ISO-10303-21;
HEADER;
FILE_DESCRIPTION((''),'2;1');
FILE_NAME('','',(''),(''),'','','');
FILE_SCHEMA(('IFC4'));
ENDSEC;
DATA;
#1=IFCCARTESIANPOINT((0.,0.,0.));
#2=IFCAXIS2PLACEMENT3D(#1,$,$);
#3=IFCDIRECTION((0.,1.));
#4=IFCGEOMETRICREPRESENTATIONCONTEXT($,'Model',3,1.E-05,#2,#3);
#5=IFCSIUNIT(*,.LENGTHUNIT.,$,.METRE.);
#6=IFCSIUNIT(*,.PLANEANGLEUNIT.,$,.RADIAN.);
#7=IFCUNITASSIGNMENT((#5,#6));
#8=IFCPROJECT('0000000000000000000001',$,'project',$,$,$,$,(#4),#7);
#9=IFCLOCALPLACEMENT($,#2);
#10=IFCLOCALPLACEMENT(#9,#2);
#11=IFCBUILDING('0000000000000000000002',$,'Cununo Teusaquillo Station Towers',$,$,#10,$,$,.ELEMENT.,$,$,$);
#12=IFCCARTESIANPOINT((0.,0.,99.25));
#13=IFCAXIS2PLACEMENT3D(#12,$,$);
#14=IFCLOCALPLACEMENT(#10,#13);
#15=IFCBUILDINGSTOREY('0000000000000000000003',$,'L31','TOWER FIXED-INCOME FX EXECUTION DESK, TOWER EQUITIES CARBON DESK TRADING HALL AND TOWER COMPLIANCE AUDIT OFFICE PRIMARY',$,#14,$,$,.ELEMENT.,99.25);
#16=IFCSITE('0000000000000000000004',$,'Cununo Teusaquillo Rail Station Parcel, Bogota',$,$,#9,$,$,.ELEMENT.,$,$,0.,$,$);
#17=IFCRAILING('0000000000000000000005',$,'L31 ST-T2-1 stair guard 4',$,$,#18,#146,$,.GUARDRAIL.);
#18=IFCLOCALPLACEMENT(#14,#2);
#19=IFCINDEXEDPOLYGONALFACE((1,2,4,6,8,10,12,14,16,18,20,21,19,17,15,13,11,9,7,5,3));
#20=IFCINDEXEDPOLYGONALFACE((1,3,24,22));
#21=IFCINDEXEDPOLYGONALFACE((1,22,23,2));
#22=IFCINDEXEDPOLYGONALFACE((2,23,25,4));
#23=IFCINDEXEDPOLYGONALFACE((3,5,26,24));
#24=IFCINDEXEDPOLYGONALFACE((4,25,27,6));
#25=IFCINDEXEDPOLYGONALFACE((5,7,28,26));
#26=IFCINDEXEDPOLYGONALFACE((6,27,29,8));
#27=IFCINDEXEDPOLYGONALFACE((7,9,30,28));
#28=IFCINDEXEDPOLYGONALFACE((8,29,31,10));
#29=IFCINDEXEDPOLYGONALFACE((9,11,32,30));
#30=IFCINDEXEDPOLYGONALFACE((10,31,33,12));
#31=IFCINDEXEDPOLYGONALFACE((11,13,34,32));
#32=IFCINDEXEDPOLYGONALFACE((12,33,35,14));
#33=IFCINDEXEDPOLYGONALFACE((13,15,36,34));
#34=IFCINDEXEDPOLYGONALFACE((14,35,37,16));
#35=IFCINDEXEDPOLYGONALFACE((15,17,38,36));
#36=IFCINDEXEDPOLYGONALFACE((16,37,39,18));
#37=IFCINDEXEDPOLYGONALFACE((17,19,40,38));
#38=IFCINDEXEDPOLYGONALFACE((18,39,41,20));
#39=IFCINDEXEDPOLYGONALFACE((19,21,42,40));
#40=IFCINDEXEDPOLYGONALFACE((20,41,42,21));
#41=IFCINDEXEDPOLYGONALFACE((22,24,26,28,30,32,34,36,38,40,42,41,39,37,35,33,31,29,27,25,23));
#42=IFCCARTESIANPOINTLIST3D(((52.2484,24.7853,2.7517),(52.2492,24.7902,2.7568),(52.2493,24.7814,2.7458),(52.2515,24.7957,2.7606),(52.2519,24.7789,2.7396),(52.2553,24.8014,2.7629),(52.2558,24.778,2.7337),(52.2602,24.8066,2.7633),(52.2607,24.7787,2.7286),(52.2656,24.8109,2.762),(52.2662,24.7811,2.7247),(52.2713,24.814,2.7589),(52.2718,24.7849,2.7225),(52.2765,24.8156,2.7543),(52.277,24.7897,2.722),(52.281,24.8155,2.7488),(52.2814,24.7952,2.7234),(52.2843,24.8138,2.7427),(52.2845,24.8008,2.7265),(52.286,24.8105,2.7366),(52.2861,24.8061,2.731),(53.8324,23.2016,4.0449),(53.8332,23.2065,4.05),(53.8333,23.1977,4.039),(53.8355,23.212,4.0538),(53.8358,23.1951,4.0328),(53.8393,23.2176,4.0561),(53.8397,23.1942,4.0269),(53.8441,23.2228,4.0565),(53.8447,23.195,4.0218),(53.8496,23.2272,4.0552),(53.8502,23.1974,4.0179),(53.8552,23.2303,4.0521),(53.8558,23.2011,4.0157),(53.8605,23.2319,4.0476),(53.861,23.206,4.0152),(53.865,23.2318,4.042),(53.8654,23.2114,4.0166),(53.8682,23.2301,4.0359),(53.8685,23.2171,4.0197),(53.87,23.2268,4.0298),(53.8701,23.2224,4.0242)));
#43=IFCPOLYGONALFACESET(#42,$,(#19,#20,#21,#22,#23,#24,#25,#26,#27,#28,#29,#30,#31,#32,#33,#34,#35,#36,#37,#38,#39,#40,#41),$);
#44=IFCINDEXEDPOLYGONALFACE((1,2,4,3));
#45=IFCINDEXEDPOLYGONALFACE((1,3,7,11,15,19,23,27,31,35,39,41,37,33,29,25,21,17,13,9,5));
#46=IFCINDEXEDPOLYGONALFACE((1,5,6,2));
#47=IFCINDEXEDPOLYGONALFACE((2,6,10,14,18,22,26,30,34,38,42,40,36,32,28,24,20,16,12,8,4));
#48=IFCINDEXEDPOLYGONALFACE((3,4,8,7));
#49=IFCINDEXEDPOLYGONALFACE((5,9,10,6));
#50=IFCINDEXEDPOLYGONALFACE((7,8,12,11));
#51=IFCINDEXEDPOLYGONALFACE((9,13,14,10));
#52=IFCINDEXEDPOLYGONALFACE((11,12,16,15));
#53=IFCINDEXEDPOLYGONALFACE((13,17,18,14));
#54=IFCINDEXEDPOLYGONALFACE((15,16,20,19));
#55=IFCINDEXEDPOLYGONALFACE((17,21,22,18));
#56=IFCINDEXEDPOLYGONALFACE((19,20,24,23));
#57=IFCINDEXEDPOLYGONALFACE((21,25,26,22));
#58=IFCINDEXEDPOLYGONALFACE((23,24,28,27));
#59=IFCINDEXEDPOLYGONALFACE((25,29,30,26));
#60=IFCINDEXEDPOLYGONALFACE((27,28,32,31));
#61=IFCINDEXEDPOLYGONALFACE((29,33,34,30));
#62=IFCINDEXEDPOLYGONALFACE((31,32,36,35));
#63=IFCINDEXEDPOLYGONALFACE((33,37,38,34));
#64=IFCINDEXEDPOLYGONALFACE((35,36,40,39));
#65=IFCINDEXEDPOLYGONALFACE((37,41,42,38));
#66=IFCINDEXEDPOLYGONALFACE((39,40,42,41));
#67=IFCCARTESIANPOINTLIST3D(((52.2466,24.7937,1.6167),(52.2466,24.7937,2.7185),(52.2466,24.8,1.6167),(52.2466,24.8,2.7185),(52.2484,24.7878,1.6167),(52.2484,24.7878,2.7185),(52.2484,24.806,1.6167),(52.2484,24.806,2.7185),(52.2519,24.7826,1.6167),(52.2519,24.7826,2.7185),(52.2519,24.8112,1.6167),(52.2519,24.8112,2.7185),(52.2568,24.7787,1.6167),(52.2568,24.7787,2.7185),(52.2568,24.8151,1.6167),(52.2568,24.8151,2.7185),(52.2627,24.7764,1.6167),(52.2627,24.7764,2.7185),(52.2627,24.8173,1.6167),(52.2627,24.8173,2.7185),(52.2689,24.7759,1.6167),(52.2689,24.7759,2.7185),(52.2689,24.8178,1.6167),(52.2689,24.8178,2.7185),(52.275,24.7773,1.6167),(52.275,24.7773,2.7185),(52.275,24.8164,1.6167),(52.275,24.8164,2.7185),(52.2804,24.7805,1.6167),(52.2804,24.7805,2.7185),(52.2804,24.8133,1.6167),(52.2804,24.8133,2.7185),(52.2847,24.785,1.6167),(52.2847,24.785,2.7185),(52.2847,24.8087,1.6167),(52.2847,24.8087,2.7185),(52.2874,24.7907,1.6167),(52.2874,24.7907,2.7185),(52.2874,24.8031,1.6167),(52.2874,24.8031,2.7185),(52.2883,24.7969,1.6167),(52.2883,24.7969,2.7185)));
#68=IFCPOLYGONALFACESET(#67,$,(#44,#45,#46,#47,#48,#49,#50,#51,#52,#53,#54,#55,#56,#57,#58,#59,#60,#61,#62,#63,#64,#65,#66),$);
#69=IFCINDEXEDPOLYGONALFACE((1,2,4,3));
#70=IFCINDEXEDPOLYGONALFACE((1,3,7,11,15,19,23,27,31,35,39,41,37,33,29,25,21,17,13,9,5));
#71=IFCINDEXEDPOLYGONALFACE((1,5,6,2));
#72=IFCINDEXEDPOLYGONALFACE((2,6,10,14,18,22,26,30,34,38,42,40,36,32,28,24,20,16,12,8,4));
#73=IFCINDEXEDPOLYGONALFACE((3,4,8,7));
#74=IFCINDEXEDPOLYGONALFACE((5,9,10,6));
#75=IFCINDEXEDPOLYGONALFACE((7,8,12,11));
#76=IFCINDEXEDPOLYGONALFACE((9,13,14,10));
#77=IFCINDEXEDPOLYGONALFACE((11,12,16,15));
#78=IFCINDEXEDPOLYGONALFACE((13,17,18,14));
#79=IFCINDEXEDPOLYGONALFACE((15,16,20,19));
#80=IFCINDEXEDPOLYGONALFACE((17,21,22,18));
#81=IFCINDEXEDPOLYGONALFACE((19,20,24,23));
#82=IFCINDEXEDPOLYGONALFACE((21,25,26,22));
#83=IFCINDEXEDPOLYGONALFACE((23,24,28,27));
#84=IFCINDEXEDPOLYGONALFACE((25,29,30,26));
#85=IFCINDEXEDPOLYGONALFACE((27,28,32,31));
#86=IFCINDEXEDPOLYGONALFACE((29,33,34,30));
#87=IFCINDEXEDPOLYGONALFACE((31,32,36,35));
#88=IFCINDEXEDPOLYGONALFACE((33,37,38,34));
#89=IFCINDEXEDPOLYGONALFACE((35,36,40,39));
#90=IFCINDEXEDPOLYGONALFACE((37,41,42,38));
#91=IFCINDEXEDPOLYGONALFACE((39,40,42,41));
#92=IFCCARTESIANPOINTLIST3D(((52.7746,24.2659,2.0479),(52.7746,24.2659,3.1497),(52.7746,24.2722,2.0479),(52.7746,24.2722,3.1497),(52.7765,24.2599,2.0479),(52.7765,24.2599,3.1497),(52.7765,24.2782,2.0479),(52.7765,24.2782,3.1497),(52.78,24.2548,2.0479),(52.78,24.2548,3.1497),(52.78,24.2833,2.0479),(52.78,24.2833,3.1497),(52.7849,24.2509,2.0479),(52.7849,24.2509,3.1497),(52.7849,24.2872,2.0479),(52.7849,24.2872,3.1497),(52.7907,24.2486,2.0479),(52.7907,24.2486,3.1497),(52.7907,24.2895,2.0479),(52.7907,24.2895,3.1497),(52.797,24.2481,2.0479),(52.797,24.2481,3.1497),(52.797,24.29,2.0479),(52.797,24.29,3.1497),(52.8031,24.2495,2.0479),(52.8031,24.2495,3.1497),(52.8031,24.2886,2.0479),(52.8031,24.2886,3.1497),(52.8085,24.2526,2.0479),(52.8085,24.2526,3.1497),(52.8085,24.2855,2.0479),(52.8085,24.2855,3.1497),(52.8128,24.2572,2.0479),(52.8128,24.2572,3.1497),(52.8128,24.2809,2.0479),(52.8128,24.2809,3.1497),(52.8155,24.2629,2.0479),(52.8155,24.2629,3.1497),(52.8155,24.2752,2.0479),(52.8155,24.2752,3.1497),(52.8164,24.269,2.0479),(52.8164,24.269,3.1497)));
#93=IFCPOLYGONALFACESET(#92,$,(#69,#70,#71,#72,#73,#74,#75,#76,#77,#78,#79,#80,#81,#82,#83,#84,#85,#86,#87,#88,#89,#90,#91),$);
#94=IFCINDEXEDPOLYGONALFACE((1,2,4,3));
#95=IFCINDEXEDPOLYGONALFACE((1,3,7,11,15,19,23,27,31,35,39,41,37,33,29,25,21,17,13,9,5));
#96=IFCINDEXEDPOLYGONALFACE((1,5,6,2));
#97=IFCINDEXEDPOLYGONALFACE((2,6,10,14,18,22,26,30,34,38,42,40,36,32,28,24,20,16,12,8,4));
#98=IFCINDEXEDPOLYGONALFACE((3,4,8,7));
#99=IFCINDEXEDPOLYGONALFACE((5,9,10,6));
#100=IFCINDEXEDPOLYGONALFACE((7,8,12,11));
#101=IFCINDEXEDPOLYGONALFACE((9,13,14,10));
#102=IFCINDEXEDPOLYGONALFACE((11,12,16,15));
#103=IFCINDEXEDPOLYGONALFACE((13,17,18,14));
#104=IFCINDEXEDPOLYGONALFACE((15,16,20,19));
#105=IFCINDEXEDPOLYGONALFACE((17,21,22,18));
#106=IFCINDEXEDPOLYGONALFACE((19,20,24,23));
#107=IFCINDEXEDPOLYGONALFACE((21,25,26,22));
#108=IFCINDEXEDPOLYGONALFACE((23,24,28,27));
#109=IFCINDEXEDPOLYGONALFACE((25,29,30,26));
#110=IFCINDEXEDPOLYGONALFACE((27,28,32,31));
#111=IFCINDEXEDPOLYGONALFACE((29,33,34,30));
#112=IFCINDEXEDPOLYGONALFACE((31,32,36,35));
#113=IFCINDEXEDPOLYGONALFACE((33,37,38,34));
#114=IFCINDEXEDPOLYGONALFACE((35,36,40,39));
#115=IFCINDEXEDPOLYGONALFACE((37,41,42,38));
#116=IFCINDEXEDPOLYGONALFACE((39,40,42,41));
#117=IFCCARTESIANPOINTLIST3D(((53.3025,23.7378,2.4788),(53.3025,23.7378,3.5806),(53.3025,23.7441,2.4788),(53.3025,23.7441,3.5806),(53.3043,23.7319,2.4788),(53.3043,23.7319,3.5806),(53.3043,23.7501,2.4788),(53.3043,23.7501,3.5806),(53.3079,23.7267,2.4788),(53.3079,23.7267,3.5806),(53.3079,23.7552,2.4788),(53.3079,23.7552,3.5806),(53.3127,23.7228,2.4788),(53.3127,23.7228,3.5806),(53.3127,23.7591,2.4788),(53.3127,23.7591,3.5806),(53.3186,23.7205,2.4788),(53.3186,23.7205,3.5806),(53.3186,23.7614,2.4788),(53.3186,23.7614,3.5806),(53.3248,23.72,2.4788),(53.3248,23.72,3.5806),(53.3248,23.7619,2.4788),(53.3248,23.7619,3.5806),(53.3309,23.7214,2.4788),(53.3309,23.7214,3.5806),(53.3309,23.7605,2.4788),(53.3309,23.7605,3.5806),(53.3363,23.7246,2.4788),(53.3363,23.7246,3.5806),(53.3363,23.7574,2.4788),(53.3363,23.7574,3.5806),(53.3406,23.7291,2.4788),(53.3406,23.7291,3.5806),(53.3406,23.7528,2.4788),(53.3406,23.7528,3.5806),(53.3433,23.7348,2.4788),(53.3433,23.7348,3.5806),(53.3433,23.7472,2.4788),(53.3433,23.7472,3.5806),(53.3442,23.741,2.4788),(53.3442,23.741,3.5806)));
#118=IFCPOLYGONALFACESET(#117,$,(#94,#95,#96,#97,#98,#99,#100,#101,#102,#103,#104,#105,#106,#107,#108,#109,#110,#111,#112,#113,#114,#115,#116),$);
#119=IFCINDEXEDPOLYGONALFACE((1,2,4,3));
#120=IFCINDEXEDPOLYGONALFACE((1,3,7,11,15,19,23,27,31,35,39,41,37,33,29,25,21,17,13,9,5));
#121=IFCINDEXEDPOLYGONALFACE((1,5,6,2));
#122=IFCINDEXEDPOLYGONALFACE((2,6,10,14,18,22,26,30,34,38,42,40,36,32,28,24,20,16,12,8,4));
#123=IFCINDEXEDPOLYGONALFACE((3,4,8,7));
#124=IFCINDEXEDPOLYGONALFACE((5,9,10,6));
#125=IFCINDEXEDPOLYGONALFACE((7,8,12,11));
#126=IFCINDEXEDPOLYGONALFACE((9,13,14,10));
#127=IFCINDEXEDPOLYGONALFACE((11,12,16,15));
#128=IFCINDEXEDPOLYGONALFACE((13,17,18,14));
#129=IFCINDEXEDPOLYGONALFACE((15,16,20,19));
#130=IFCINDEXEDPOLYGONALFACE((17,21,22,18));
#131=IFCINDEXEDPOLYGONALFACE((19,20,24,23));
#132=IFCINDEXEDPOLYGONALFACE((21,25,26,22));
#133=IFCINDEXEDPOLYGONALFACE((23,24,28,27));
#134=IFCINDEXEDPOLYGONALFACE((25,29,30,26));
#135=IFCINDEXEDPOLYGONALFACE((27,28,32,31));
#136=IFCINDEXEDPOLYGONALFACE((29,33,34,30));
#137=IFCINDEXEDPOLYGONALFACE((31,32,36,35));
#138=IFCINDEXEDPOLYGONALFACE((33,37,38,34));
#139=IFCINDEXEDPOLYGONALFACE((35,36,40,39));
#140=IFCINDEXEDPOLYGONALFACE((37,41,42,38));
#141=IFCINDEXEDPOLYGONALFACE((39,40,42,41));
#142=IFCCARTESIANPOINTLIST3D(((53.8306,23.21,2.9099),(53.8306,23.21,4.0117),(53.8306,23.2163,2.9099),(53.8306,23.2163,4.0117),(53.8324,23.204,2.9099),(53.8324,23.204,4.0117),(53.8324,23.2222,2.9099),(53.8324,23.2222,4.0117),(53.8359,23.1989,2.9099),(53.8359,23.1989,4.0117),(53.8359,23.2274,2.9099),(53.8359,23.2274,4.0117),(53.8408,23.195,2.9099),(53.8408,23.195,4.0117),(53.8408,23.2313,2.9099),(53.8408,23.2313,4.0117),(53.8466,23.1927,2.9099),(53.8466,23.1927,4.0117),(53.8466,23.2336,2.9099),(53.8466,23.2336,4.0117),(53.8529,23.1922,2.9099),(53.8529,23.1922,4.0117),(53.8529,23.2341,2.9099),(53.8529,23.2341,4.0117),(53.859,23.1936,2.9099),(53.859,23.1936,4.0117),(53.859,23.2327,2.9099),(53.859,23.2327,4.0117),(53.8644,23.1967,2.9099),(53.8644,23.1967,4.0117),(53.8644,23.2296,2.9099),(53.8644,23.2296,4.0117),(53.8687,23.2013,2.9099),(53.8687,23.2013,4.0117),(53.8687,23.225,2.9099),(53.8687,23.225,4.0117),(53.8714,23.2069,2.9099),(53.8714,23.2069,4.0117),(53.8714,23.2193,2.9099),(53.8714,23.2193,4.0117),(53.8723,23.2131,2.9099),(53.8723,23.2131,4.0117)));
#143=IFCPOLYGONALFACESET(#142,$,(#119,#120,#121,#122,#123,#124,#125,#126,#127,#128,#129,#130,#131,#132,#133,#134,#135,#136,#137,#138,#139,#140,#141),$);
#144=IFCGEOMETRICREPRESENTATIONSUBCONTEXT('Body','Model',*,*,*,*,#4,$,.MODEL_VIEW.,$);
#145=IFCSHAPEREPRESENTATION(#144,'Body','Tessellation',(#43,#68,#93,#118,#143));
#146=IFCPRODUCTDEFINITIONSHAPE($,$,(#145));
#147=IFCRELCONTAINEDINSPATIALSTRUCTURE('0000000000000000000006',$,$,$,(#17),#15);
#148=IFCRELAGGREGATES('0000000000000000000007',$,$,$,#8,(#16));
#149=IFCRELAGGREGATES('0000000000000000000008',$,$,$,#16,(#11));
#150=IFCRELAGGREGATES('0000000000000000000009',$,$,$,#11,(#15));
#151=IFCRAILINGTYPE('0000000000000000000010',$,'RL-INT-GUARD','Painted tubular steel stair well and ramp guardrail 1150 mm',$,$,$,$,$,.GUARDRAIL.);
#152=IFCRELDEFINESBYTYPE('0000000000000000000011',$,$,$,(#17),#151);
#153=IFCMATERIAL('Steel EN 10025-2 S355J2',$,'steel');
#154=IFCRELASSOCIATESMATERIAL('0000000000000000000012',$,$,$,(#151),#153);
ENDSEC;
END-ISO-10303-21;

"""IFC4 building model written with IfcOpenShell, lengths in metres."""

from ifc_helpers import new_model, si_unit, direction, frame, origin, origin_2d, place, context, subcontext, project, spatial, circle, extrude, material, type_object, element, save


model = new_model("IFC4")

# Units and contexts
model_context = context("Model", 3, precision=1e-05, world=origin(), true_north=direction((0.0, 1.0)))
body_context = subcontext(model_context, "Body", "Model", "MODEL_VIEW")
ifc_project = project(units=[si_unit("LENGTHUNIT", "METRE"), si_unit("PLANEANGLEUNIT", "RADIAN")], contexts=[model_context])

# Site, building, storey
site_placement = place(None, origin())
site = spatial("IfcSite", under=ifc_project, at=site_placement, Name="Cununo Teusaquillo Rail Station Parcel, Bogota", CompositionType="ELEMENT", RefElevation=0.0)
building_placement = place(site_placement, origin())
building = spatial("IfcBuilding", under=site, at=building_placement, Name="Cununo Teusaquillo Station Towers", CompositionType="ELEMENT")
storey_placement = place(building_placement, frame((0.0, 0.0, 99.25)))
storey = spatial("IfcBuildingStorey", under=building, at=storey_placement, Name="L31", Description="TOWER FIXED-INCOME FX EXECUTION DESK, TOWER EQUITIES CARBON DESK TRADING HALL AND TOWER COMPLIANCE AUDIT OFFICE PRIMARY", CompositionType="ELEMENT", Elevation=99.25)

# Railing
ifc_material_1 = material(Name="Steel EN 10025-2 S355J2", Category="steel")
railing_type_1 = type_object("IfcRailingType", Name="RL-INT-GUARD", Description="Painted tubular steel stair well and ramp guardrail 1150 mm", PredefinedType="GUARDRAIL", material=ifc_material_1)
railing_1_placement = place(storey_placement, frame((52.2673, 24.7969, 1.6167)))
element("IfcRailing", 1, at=railing_1_placement, inside=storey, type_object=railing_type_1, Name="L31 ST-T2-1 stair guard 4", PredefinedType="GUARDRAIL", context=body_context, shape_type="SweptSolid", body=[
    extrude(circle(Radius=0.0239, at=origin_2d()), frame((0.0, 0.0, 1.126), z_axis=(0.61242, -0.612326, 0.499998), x_axis=(0.707052, 0.707161, 0.0)), (0.0, 0.0, 1.0), 2.5864),
    extrude(circle(Radius=0.021, at=origin_2d()), origin(), (0.0, 0.0, 1.0), 1.1018),
    extrude(circle(Radius=0.021, at=origin_2d()), frame((0.5281, -0.5278, 0.4312)), (0.0, 0.0, 1.0), 1.1018),
    extrude(circle(Radius=0.021, at=origin_2d()), frame((1.0559, -1.0559, 0.8621)), (0.0, 0.0, 1.0), 1.1018),
    extrude(circle(Radius=0.021, at=origin_2d()), frame((1.584, -1.5837, 1.2932)), (0.0, 0.0, 1.0), 1.1018),
])

save(model, "model.ifc")
